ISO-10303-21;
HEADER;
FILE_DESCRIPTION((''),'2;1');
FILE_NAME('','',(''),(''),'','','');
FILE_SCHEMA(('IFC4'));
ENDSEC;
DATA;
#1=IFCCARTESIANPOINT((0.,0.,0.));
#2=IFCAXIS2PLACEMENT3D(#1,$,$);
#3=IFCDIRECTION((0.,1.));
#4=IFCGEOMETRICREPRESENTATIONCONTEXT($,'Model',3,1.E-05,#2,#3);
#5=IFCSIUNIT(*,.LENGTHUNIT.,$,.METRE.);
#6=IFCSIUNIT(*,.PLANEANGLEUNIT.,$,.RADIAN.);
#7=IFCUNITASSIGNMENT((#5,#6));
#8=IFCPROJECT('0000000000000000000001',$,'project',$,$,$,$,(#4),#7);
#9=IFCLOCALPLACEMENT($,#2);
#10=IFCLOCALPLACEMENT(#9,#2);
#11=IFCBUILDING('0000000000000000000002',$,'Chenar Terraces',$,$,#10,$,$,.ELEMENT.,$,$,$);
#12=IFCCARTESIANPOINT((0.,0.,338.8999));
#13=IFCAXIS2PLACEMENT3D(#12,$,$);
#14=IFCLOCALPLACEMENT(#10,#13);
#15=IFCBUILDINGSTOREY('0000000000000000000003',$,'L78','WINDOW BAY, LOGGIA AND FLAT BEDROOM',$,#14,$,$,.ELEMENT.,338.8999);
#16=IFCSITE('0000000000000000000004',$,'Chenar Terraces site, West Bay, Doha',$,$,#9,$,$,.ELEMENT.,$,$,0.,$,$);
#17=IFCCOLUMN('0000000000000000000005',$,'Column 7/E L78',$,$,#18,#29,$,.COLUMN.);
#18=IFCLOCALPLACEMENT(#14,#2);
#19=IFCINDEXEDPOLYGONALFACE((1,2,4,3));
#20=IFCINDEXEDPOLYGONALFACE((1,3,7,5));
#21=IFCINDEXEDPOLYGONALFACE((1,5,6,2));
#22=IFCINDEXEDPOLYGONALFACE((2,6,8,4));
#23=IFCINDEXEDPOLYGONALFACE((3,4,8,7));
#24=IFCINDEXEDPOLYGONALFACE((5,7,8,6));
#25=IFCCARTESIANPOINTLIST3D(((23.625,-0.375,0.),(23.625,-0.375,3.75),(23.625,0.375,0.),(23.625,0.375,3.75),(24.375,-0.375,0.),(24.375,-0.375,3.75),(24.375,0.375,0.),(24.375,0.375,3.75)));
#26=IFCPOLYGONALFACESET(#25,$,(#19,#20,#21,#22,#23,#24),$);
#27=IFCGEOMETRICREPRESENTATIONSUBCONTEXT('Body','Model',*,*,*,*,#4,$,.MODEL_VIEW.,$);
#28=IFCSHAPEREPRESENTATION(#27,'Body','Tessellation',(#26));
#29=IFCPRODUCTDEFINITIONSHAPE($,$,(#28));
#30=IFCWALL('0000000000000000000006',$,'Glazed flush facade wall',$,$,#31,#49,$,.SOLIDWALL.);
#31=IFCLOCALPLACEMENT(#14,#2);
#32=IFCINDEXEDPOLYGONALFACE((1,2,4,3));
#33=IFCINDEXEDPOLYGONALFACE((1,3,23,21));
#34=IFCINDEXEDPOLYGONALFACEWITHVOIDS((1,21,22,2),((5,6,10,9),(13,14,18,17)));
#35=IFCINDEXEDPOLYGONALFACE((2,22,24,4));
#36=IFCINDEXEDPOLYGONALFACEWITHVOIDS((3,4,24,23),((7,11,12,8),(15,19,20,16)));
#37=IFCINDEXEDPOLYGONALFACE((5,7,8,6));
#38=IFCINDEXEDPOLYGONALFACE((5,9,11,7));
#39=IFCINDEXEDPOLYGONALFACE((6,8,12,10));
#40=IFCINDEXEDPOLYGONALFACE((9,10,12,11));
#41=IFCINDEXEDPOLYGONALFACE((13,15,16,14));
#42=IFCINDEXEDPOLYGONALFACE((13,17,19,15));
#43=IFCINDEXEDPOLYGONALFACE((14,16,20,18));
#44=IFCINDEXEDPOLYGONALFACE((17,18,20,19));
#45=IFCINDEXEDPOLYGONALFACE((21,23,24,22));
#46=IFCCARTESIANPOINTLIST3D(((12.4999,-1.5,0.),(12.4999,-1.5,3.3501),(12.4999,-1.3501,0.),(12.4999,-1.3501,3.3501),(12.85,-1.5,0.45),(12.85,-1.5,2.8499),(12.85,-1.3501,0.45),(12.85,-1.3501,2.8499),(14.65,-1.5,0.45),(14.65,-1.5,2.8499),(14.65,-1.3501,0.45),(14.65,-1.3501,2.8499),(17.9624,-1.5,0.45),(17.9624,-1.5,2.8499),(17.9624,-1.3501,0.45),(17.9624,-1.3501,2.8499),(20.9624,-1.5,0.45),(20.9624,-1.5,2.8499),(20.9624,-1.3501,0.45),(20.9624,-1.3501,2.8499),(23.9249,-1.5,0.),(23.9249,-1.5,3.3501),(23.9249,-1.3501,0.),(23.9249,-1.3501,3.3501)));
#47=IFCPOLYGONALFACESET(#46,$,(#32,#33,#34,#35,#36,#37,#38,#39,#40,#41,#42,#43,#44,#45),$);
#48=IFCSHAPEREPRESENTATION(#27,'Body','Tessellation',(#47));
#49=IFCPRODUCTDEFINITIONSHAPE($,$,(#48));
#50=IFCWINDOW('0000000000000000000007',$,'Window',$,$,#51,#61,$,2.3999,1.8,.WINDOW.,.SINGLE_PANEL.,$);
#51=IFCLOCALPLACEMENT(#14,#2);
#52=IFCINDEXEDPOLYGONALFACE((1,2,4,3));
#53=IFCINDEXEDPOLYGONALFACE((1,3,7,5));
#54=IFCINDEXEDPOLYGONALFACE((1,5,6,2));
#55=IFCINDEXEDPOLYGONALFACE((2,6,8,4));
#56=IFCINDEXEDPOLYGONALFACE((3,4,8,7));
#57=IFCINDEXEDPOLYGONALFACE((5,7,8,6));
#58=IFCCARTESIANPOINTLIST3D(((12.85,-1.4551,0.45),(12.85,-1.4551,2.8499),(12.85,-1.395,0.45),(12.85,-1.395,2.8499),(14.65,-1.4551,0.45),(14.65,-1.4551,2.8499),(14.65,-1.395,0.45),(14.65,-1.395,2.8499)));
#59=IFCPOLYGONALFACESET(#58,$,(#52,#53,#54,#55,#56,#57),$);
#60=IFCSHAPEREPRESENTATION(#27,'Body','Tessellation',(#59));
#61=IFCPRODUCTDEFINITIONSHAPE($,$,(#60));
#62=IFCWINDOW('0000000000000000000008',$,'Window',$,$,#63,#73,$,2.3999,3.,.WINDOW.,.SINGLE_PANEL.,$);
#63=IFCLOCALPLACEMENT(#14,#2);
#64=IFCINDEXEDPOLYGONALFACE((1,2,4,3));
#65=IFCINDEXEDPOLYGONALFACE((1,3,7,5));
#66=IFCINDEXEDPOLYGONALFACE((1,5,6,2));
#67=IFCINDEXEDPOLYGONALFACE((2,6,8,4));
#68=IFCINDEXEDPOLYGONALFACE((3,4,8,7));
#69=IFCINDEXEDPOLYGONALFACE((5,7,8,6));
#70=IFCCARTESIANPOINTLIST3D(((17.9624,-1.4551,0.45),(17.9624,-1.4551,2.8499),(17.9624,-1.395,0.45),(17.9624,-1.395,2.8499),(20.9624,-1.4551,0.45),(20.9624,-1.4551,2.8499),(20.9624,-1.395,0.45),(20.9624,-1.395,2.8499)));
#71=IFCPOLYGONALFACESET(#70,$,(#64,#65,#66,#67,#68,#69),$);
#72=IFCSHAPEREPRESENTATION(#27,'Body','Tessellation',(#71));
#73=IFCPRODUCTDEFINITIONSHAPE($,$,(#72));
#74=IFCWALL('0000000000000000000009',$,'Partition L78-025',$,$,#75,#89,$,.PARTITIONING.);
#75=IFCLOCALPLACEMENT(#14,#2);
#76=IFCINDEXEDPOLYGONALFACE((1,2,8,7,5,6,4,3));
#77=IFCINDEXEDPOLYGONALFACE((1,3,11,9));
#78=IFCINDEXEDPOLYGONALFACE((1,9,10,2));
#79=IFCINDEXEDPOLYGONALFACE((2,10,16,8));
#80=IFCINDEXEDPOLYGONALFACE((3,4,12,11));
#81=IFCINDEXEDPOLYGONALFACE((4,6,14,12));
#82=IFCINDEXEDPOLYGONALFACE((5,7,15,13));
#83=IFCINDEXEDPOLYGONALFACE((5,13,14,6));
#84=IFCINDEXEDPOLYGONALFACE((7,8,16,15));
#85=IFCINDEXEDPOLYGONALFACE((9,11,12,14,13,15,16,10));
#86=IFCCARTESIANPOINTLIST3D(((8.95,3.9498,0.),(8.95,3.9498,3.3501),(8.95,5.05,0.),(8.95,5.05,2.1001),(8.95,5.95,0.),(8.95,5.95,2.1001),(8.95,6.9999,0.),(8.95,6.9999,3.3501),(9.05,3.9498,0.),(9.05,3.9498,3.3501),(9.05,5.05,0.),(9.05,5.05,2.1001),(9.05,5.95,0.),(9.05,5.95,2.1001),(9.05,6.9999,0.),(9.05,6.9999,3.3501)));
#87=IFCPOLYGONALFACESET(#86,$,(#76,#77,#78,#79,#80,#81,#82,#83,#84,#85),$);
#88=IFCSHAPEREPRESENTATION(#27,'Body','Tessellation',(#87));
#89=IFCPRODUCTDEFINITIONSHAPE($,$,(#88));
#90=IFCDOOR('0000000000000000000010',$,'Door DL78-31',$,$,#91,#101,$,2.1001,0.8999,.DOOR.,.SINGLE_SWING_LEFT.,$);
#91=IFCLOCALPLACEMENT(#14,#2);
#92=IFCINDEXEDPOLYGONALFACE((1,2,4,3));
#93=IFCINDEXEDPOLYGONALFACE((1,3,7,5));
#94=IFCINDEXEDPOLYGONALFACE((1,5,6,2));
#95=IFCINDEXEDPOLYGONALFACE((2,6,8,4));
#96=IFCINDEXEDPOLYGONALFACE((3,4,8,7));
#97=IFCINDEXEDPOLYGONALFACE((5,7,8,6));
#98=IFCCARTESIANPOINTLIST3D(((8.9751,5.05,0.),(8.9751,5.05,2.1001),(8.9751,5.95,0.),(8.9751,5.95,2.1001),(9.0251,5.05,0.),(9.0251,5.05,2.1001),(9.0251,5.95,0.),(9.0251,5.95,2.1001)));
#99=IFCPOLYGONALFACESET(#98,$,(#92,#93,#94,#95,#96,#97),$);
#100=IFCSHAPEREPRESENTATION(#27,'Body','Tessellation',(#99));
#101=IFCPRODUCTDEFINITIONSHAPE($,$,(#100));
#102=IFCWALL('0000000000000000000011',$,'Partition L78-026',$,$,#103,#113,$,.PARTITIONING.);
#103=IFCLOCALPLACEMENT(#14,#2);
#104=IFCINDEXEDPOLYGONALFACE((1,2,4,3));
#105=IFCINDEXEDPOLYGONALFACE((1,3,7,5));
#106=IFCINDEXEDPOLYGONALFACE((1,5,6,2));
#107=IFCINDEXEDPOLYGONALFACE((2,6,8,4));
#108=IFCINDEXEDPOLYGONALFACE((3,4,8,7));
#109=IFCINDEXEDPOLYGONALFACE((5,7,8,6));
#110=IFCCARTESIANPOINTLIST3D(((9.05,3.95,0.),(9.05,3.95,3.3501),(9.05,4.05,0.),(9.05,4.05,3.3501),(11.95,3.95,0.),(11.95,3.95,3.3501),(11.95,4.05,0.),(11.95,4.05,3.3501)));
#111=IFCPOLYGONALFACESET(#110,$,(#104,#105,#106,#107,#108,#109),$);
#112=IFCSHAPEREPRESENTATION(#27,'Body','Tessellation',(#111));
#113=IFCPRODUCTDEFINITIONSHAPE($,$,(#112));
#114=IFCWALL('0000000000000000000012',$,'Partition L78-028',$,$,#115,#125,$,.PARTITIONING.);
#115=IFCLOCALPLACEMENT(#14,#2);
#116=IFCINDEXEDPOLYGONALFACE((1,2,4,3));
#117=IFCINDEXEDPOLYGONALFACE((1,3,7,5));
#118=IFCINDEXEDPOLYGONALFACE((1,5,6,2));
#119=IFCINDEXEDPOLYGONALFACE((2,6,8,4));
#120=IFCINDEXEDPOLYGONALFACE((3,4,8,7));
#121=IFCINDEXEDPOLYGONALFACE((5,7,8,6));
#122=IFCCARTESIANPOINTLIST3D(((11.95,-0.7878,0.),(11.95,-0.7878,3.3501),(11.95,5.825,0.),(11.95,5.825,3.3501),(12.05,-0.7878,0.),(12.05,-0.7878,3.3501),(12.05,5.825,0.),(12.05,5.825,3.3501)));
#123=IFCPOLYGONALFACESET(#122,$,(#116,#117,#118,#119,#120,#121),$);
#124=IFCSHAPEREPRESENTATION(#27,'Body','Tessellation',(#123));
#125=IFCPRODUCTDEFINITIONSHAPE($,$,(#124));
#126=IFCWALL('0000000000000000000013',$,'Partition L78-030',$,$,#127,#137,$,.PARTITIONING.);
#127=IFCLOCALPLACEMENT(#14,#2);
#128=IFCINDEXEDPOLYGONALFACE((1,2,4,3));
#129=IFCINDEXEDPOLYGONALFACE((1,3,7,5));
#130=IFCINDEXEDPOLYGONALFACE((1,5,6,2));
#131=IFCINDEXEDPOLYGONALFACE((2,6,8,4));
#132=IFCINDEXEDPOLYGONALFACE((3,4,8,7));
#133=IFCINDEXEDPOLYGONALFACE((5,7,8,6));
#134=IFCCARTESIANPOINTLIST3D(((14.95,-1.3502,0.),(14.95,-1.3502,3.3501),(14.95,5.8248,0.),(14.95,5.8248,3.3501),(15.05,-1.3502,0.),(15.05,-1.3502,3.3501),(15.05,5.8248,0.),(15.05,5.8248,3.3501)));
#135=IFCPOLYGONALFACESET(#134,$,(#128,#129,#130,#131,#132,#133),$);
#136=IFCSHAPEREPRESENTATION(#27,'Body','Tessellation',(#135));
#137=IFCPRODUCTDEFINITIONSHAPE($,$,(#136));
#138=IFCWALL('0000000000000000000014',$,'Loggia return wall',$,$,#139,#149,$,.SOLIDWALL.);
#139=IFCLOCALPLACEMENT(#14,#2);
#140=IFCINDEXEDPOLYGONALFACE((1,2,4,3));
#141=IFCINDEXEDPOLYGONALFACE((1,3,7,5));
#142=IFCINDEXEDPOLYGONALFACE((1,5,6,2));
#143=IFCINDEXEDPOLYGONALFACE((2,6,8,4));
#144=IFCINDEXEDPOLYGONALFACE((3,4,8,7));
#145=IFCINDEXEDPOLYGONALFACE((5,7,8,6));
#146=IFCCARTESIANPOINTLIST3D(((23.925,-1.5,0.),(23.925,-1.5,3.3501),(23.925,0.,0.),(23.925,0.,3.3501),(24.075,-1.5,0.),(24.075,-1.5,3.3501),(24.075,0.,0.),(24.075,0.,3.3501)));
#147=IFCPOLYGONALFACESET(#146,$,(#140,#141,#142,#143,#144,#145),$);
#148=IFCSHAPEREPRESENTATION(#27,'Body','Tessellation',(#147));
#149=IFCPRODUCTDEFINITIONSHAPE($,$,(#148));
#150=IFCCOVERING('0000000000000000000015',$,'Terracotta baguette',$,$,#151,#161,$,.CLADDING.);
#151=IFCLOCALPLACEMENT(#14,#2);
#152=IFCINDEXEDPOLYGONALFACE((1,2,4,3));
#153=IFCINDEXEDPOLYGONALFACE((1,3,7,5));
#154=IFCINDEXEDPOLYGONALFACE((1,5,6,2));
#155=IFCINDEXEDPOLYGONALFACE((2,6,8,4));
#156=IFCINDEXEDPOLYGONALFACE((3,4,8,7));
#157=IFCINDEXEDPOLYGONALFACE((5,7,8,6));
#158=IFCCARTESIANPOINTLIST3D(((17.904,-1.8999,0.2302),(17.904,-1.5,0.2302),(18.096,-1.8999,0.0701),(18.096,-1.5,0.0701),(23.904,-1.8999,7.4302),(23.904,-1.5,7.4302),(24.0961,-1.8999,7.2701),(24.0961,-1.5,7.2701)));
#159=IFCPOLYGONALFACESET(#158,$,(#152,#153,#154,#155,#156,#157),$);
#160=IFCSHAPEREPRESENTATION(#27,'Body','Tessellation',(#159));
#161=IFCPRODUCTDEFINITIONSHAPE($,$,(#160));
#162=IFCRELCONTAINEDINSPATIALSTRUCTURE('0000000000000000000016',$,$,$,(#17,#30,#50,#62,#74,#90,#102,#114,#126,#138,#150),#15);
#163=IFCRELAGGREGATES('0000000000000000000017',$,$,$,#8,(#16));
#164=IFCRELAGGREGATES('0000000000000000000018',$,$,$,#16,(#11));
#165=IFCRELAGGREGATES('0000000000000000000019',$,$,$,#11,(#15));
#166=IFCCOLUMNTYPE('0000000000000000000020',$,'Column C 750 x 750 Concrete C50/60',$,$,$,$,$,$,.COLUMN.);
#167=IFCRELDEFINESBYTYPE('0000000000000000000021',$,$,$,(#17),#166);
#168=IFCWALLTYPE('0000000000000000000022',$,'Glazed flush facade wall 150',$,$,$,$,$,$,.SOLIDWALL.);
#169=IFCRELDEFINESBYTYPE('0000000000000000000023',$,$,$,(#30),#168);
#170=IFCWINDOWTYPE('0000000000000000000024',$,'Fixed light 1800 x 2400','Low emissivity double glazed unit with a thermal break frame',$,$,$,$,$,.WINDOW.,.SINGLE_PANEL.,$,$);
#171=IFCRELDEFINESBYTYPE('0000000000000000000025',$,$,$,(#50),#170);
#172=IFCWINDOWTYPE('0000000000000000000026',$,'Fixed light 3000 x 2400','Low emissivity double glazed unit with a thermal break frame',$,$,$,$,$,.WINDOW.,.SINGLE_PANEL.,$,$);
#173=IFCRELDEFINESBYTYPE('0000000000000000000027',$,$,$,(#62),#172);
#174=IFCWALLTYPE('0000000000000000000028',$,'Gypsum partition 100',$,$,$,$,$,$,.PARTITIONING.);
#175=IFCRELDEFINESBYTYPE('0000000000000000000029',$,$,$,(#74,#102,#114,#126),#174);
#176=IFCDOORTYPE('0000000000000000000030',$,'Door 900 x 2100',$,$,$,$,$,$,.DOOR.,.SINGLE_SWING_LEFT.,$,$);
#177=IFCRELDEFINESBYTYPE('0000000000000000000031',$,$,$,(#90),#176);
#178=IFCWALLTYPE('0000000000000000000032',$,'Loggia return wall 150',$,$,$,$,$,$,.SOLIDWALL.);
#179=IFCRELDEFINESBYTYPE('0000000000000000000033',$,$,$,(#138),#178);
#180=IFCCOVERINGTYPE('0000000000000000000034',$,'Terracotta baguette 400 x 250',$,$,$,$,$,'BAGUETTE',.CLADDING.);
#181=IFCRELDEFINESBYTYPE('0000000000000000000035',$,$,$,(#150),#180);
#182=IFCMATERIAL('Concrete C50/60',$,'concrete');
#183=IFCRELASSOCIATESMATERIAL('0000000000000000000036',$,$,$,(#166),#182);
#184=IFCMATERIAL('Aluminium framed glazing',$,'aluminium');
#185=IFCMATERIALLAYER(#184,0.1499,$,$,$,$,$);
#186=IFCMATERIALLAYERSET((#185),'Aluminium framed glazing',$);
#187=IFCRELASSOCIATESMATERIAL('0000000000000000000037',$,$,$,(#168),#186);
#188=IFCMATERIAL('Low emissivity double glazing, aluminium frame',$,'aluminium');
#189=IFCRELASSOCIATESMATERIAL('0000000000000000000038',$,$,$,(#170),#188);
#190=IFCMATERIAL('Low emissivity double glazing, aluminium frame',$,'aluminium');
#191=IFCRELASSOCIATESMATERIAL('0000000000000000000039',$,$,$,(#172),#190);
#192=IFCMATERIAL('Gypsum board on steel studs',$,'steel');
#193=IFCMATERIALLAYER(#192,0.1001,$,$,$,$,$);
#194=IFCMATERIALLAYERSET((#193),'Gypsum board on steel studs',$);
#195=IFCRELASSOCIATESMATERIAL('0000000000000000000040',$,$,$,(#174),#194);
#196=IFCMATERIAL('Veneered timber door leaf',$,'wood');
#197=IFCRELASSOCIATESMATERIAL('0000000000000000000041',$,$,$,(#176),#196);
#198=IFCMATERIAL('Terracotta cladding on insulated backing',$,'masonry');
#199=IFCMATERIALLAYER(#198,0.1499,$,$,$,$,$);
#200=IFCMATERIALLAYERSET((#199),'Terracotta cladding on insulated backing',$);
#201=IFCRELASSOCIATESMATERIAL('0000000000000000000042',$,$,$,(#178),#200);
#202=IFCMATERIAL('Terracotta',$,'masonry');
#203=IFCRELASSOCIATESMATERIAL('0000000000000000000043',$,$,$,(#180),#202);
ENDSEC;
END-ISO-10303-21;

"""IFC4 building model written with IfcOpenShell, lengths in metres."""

from ifc_helpers import new_model, si_unit, direction, frame, frame_2d, origin, origin_2d, place, context, subcontext, project, spatial, rectangle, extrude, material, layer, layer_set, material_profile, profile_set, type_object, element, fill, save


model = new_model("IFC4")

# Units and contexts
model_context = context("Model", 3, precision=1e-05, world=origin(), true_north=direction((0.0, 1.0)))
body_context = subcontext(model_context, "Body", "Model", "MODEL_VIEW")
ifc_project = project(units=[si_unit("LENGTHUNIT", "METRE"), si_unit("PLANEANGLEUNIT", "RADIAN")], contexts=[model_context])

# Site, building, storey
site_placement = place(None, origin())
site = spatial("IfcSite", under=ifc_project, at=site_placement, Name="Chenar Terraces site, West Bay, Doha", CompositionType="ELEMENT", RefElevation=0.0)
building_placement = place(site_placement, origin())
building = spatial("IfcBuilding", under=site, at=building_placement, Name="Chenar Terraces", CompositionType="ELEMENT")
storey_placement = place(building_placement, frame((0.0, 0.0, 338.8999)))
storey = spatial("IfcBuildingStorey", under=building, at=storey_placement, Name="L78", Description="WINDOW BAY, LOGGIA AND FLAT BEDROOM", CompositionType="ELEMENT", Elevation=338.8999)

# Column
ifc_material_1 = material(Name="Concrete C50/60", Category="concrete")
ifc_material_profile_1 = material_profile(ifc_material_1, rectangle(XDim=0.75, YDim=0.75, at=origin_2d()), Name="C 750 x 750")
ifc_profile_set_1 = profile_set([ifc_material_profile_1], Name="Concrete C50/60")
column_type = type_object("IfcColumnType", Name="Column C 750 x 750 Concrete C50/60", PredefinedType="COLUMN", material=ifc_profile_set_1)
column_placement = place(storey_placement, frame((24.0, 0.0, 0.0), z_axis=(0.0, 0.0, 1.0), x_axis=(1.0, 0.0, 0.0)))
element("IfcColumn", 1, at=column_placement, inside=storey, type_object=column_type, Name="Column 7/E L78", PredefinedType="COLUMN", context=body_context, shape_type="SweptSolid", body=[
    extrude(rectangle(XDim=0.75, YDim=0.75, at=origin_2d()), origin(), (0.0, 0.0, 1.0), 3.75),
])

# Wall, openings, windows
ifc_material_2 = material(Name="Aluminium framed glazing", Category="aluminium")
ifc_layer_1 = layer(ifc_material_2, 0.1499)
ifc_layer_set_1 = layer_set([ifc_layer_1], Name="Aluminium framed glazing")
wall_type_1 = type_object("IfcWallType", Name="Glazed flush facade wall 150", PredefinedType="SOLIDWALL", material=ifc_layer_set_1)
wall_1_placement = place(storey_placement, frame((12.5, -1.425, 0.0), z_axis=(0.0, 0.0, 1.0), x_axis=(1.0, 0.0, 0.0)))
wall_1 = element("IfcWall", 2, at=wall_1_placement, inside=storey, type_object=wall_type_1, Name="Glazed flush facade wall", PredefinedType="SOLIDWALL", context=body_context, shape_type="SweptSolid", body=[
    extrude(rectangle(XDim=11.425, YDim=0.1499, at=frame_2d((5.7124, 0.0))), origin(), (0.0, 0.0, 1.0), 3.3501),
])
opening_1_placement = place(wall_1_placement, frame((0.3501, 0.0, 0.45)))
opening_1 = element("IfcOpeningElement", 3, at=opening_1_placement, cuts=wall_1, PredefinedType="OPENING", context=body_context, shape_type="SweptSolid", body=[
    extrude(rectangle(XDim=1.8, YDim=2.3999, at=frame_2d((0.8999, 1.2))), frame((0.0, 0.085, 0.0), z_axis=(0.0, -1.0, 0.0), x_axis=(1.0, 0.0, 0.0)), (0.0, 0.0, 1.0), 0.1699),
])
opening_2_placement = place(wall_1_placement, frame((5.4624, 0.0, 0.45)))
opening_2 = element("IfcOpeningElement", 4, at=opening_2_placement, cuts=wall_1, PredefinedType="OPENING", context=body_context, shape_type="SweptSolid", body=[
    extrude(rectangle(XDim=3.0, YDim=2.3999, at=frame_2d((1.5, 1.2))), frame((0.0, 0.085, 0.0), z_axis=(0.0, -1.0, 0.0), x_axis=(1.0, 0.0, 0.0)), (0.0, 0.0, 1.0), 0.1699),
])
ifc_material_3 = material(Name="Low emissivity double glazing, aluminium frame", Category="aluminium")
window_type_1 = type_object("IfcWindowType", Name="Fixed light 1800 x 2400", Description="Low emissivity double glazed unit with a thermal break frame", PartitioningType="SINGLE_PANEL", PredefinedType="WINDOW", material=ifc_material_3)
window_1_placement = place(opening_1_placement, origin())
window_1 = element("IfcWindow", 5, at=window_1_placement, inside=storey, type_object=window_type_1, Name="Window", OverallHeight=2.3999, OverallWidth=1.8, PartitioningType="SINGLE_PANEL", PredefinedType="WINDOW", context=body_context, shape_type="SweptSolid", body=[
    extrude(rectangle(XDim=1.8, YDim=2.3999, at=frame_2d((0.8999, 1.2))), frame((0.0, 0.03, 0.0), z_axis=(0.0, -1.0, 0.0), x_axis=(1.0, 0.0, 0.0)), (0.0, 0.0, 1.0), 0.0601),
])
fill(opening_1, window_1)
ifc_material_4 = material(Name="Low emissivity double glazing, aluminium frame", Category="aluminium")
window_type_2 = type_object("IfcWindowType", Name="Fixed light 3000 x 2400", Description="Low emissivity double glazed unit with a thermal break frame", PartitioningType="SINGLE_PANEL", PredefinedType="WINDOW", material=ifc_material_4)
window_2_placement = place(opening_2_placement, origin())
window_2 = element("IfcWindow", 6, at=window_2_placement, inside=storey, type_object=window_type_2, Name="Window", OverallHeight=2.3999, OverallWidth=3.0, PartitioningType="SINGLE_PANEL", PredefinedType="WINDOW", context=body_context, shape_type="SweptSolid", body=[
    extrude(rectangle(XDim=3.0, YDim=2.3999, at=frame_2d((1.5, 1.2))), frame((0.0, 0.03, 0.0), z_axis=(0.0, -1.0, 0.0), x_axis=(1.0, 0.0, 0.0)), (0.0, 0.0, 1.0), 0.0601),
])
fill(opening_2, window_2)

# Wall, opening, door
ifc_material_5 = material(Name="Gypsum board on steel studs", Category="steel")
ifc_layer_2 = layer(ifc_material_5, 0.1001)
ifc_layer_set_2 = layer_set([ifc_layer_2], Name="Gypsum board on steel studs")
wall_type_2 = type_object("IfcWallType", Name="Gypsum partition 100", PredefinedType="PARTITIONING", material=ifc_layer_set_2)
wall_2_placement = place(storey_placement, frame((9.0, 3.95, 0.0), z_axis=(0.0, 0.0, 1.0), x_axis=(0.0, 1.0, 0.0)))
wall_2 = element("IfcWall", 7, at=wall_2_placement, inside=storey, type_object=wall_type_2, Name="Partition L78-025", PredefinedType="PARTITIONING", context=body_context, shape_type="SweptSolid", body=[
    extrude(rectangle(XDim=3.05, YDim=0.1001, at=frame_2d((1.5249, 0.0))), origin(), (0.0, 0.0, 1.0), 3.3501),
])
opening_3_placement = place(wall_2_placement, frame((1.1001, 0.0, 0.0)))
opening_3 = element("IfcOpeningElement", 8, at=opening_3_placement, cuts=wall_2, PredefinedType="OPENING", context=body_context, shape_type="SweptSolid", body=[
    extrude(rectangle(XDim=0.8999, YDim=2.1001, at=frame_2d((0.45, 1.05))), frame((0.0, 0.0601, 0.0), z_axis=(0.0, -1.0, 0.0), x_axis=(1.0, 0.0, 0.0)), (0.0, 0.0, 1.0), 0.1201),
])
ifc_material_6 = material(Name="Veneered timber door leaf", Category="wood")
door_type = type_object("IfcDoorType", Name="Door 900 x 2100", OperationType="SINGLE_SWING_LEFT", PredefinedType="DOOR", material=ifc_material_6)
door_placement = place(opening_3_placement, origin())
door = element("IfcDoor", 9, at=door_placement, inside=storey, type_object=door_type, Name="Door DL78-31", OperationType="SINGLE_SWING_LEFT", OverallHeight=2.1001, OverallWidth=0.8999, PredefinedType="DOOR", context=body_context, shape_type="SweptSolid", body=[
    extrude(rectangle(XDim=0.8999, YDim=2.1001, at=frame_2d((0.45, 1.05))), frame((0.0, 0.0249, 0.0), z_axis=(0.0, -1.0, 0.0), x_axis=(1.0, 0.0, 0.0)), (0.0, 0.0, 1.0), 0.05),
])
fill(opening_3, door)

# Walls
wall_3_placement = place(storey_placement, frame((9.05, 4.0, 0.0), z_axis=(0.0, 0.0, 1.0), x_axis=(1.0, 0.0, 0.0)))
element("IfcWall", 10, at=wall_3_placement, inside=storey, type_object=wall_type_2, Name="Partition L78-026", PredefinedType="PARTITIONING", context=body_context, shape_type="SweptSolid", body=[
    extrude(rectangle(XDim=2.8999, YDim=0.1001, at=frame_2d((1.45, 0.0))), origin(), (0.0, 0.0, 1.0), 3.3501),
])
wall_4_placement = place(storey_placement, frame((12.0, -0.7878, 0.0), z_axis=(0.0, 0.0, 1.0), x_axis=(0.0, 1.0, 0.0)))
element("IfcWall", 11, at=wall_4_placement, inside=storey, type_object=wall_type_2, Name="Partition L78-028", PredefinedType="PARTITIONING", context=body_context, shape_type="SweptSolid", body=[
    extrude(rectangle(XDim=6.6128, YDim=0.1001, at=frame_2d((3.3064, 0.0))), origin(), (0.0, 0.0, 1.0), 3.3501),
])
wall_5_placement = place(storey_placement, frame((15.0, -1.3501, 0.0), z_axis=(0.0, 0.0, 1.0), x_axis=(0.0, 1.0, 0.0)))
element("IfcWall", 12, at=wall_5_placement, inside=storey, type_object=wall_type_2, Name="Partition L78-030", PredefinedType="PARTITIONING", context=body_context, shape_type="SweptSolid", body=[
    extrude(rectangle(XDim=7.175, YDim=0.1001, at=frame_2d((3.5874, 0.0))), origin(), (0.0, 0.0, 1.0), 3.3501),
])
ifc_material_7 = material(Name="Terracotta cladding on insulated backing", Category="masonry")
ifc_layer_3 = layer(ifc_material_7, 0.1499)
ifc_layer_set_3 = layer_set([ifc_layer_3], Name="Terracotta cladding on insulated backing")
wall_type_3 = type_object("IfcWallType", Name="Loggia return wall 150", PredefinedType="SOLIDWALL", material=ifc_layer_set_3)
wall_6_placement = place(storey_placement, frame((24.0, -1.5, 0.0), z_axis=(0.0, 0.0, 1.0), x_axis=(0.0, 1.0, 0.0)))
element("IfcWall", 13, at=wall_6_placement, inside=storey, type_object=wall_type_3, Name="Loggia return wall", PredefinedType="SOLIDWALL", context=body_context, shape_type="SweptSolid", body=[
    extrude(rectangle(XDim=1.5, YDim=0.1499, at=frame_2d((0.75, 0.0))), origin(), (0.0, 0.0, 1.0), 3.3501),
])

# Covering
ifc_material_8 = material(Name="Terracotta", Category="masonry")
ifc_material_profile_2 = material_profile(ifc_material_8, rectangle(XDim=0.3999, YDim=0.25, at=origin_2d()), Name="Terracotta baguette 400 x 250")
ifc_profile_set_2 = profile_set([ifc_material_profile_2], Name="Terracotta")
covering_type = type_object("IfcCoveringType", Name="Terracotta baguette 400 x 250", ElementType="BAGUETTE", PredefinedType="CLADDING", material=ifc_profile_set_2)
covering_placement = place(storey_placement, frame((18.0, -1.7, 0.1501), z_axis=(0.640187, 0.0, 0.768219), x_axis=(0.0, 1.0, 0.0)))
element("IfcCovering", 14, at=covering_placement, inside=storey, type_object=covering_type, Name="Terracotta baguette", PredefinedType="CLADDING", context=body_context, shape_type="SweptSolid", body=[
    extrude(rectangle(XDim=0.3999, YDim=0.25, at=origin_2d()), origin(), (0.0, 0.0, 1.0), 9.3723),
])

save(model, "model.ifc")
